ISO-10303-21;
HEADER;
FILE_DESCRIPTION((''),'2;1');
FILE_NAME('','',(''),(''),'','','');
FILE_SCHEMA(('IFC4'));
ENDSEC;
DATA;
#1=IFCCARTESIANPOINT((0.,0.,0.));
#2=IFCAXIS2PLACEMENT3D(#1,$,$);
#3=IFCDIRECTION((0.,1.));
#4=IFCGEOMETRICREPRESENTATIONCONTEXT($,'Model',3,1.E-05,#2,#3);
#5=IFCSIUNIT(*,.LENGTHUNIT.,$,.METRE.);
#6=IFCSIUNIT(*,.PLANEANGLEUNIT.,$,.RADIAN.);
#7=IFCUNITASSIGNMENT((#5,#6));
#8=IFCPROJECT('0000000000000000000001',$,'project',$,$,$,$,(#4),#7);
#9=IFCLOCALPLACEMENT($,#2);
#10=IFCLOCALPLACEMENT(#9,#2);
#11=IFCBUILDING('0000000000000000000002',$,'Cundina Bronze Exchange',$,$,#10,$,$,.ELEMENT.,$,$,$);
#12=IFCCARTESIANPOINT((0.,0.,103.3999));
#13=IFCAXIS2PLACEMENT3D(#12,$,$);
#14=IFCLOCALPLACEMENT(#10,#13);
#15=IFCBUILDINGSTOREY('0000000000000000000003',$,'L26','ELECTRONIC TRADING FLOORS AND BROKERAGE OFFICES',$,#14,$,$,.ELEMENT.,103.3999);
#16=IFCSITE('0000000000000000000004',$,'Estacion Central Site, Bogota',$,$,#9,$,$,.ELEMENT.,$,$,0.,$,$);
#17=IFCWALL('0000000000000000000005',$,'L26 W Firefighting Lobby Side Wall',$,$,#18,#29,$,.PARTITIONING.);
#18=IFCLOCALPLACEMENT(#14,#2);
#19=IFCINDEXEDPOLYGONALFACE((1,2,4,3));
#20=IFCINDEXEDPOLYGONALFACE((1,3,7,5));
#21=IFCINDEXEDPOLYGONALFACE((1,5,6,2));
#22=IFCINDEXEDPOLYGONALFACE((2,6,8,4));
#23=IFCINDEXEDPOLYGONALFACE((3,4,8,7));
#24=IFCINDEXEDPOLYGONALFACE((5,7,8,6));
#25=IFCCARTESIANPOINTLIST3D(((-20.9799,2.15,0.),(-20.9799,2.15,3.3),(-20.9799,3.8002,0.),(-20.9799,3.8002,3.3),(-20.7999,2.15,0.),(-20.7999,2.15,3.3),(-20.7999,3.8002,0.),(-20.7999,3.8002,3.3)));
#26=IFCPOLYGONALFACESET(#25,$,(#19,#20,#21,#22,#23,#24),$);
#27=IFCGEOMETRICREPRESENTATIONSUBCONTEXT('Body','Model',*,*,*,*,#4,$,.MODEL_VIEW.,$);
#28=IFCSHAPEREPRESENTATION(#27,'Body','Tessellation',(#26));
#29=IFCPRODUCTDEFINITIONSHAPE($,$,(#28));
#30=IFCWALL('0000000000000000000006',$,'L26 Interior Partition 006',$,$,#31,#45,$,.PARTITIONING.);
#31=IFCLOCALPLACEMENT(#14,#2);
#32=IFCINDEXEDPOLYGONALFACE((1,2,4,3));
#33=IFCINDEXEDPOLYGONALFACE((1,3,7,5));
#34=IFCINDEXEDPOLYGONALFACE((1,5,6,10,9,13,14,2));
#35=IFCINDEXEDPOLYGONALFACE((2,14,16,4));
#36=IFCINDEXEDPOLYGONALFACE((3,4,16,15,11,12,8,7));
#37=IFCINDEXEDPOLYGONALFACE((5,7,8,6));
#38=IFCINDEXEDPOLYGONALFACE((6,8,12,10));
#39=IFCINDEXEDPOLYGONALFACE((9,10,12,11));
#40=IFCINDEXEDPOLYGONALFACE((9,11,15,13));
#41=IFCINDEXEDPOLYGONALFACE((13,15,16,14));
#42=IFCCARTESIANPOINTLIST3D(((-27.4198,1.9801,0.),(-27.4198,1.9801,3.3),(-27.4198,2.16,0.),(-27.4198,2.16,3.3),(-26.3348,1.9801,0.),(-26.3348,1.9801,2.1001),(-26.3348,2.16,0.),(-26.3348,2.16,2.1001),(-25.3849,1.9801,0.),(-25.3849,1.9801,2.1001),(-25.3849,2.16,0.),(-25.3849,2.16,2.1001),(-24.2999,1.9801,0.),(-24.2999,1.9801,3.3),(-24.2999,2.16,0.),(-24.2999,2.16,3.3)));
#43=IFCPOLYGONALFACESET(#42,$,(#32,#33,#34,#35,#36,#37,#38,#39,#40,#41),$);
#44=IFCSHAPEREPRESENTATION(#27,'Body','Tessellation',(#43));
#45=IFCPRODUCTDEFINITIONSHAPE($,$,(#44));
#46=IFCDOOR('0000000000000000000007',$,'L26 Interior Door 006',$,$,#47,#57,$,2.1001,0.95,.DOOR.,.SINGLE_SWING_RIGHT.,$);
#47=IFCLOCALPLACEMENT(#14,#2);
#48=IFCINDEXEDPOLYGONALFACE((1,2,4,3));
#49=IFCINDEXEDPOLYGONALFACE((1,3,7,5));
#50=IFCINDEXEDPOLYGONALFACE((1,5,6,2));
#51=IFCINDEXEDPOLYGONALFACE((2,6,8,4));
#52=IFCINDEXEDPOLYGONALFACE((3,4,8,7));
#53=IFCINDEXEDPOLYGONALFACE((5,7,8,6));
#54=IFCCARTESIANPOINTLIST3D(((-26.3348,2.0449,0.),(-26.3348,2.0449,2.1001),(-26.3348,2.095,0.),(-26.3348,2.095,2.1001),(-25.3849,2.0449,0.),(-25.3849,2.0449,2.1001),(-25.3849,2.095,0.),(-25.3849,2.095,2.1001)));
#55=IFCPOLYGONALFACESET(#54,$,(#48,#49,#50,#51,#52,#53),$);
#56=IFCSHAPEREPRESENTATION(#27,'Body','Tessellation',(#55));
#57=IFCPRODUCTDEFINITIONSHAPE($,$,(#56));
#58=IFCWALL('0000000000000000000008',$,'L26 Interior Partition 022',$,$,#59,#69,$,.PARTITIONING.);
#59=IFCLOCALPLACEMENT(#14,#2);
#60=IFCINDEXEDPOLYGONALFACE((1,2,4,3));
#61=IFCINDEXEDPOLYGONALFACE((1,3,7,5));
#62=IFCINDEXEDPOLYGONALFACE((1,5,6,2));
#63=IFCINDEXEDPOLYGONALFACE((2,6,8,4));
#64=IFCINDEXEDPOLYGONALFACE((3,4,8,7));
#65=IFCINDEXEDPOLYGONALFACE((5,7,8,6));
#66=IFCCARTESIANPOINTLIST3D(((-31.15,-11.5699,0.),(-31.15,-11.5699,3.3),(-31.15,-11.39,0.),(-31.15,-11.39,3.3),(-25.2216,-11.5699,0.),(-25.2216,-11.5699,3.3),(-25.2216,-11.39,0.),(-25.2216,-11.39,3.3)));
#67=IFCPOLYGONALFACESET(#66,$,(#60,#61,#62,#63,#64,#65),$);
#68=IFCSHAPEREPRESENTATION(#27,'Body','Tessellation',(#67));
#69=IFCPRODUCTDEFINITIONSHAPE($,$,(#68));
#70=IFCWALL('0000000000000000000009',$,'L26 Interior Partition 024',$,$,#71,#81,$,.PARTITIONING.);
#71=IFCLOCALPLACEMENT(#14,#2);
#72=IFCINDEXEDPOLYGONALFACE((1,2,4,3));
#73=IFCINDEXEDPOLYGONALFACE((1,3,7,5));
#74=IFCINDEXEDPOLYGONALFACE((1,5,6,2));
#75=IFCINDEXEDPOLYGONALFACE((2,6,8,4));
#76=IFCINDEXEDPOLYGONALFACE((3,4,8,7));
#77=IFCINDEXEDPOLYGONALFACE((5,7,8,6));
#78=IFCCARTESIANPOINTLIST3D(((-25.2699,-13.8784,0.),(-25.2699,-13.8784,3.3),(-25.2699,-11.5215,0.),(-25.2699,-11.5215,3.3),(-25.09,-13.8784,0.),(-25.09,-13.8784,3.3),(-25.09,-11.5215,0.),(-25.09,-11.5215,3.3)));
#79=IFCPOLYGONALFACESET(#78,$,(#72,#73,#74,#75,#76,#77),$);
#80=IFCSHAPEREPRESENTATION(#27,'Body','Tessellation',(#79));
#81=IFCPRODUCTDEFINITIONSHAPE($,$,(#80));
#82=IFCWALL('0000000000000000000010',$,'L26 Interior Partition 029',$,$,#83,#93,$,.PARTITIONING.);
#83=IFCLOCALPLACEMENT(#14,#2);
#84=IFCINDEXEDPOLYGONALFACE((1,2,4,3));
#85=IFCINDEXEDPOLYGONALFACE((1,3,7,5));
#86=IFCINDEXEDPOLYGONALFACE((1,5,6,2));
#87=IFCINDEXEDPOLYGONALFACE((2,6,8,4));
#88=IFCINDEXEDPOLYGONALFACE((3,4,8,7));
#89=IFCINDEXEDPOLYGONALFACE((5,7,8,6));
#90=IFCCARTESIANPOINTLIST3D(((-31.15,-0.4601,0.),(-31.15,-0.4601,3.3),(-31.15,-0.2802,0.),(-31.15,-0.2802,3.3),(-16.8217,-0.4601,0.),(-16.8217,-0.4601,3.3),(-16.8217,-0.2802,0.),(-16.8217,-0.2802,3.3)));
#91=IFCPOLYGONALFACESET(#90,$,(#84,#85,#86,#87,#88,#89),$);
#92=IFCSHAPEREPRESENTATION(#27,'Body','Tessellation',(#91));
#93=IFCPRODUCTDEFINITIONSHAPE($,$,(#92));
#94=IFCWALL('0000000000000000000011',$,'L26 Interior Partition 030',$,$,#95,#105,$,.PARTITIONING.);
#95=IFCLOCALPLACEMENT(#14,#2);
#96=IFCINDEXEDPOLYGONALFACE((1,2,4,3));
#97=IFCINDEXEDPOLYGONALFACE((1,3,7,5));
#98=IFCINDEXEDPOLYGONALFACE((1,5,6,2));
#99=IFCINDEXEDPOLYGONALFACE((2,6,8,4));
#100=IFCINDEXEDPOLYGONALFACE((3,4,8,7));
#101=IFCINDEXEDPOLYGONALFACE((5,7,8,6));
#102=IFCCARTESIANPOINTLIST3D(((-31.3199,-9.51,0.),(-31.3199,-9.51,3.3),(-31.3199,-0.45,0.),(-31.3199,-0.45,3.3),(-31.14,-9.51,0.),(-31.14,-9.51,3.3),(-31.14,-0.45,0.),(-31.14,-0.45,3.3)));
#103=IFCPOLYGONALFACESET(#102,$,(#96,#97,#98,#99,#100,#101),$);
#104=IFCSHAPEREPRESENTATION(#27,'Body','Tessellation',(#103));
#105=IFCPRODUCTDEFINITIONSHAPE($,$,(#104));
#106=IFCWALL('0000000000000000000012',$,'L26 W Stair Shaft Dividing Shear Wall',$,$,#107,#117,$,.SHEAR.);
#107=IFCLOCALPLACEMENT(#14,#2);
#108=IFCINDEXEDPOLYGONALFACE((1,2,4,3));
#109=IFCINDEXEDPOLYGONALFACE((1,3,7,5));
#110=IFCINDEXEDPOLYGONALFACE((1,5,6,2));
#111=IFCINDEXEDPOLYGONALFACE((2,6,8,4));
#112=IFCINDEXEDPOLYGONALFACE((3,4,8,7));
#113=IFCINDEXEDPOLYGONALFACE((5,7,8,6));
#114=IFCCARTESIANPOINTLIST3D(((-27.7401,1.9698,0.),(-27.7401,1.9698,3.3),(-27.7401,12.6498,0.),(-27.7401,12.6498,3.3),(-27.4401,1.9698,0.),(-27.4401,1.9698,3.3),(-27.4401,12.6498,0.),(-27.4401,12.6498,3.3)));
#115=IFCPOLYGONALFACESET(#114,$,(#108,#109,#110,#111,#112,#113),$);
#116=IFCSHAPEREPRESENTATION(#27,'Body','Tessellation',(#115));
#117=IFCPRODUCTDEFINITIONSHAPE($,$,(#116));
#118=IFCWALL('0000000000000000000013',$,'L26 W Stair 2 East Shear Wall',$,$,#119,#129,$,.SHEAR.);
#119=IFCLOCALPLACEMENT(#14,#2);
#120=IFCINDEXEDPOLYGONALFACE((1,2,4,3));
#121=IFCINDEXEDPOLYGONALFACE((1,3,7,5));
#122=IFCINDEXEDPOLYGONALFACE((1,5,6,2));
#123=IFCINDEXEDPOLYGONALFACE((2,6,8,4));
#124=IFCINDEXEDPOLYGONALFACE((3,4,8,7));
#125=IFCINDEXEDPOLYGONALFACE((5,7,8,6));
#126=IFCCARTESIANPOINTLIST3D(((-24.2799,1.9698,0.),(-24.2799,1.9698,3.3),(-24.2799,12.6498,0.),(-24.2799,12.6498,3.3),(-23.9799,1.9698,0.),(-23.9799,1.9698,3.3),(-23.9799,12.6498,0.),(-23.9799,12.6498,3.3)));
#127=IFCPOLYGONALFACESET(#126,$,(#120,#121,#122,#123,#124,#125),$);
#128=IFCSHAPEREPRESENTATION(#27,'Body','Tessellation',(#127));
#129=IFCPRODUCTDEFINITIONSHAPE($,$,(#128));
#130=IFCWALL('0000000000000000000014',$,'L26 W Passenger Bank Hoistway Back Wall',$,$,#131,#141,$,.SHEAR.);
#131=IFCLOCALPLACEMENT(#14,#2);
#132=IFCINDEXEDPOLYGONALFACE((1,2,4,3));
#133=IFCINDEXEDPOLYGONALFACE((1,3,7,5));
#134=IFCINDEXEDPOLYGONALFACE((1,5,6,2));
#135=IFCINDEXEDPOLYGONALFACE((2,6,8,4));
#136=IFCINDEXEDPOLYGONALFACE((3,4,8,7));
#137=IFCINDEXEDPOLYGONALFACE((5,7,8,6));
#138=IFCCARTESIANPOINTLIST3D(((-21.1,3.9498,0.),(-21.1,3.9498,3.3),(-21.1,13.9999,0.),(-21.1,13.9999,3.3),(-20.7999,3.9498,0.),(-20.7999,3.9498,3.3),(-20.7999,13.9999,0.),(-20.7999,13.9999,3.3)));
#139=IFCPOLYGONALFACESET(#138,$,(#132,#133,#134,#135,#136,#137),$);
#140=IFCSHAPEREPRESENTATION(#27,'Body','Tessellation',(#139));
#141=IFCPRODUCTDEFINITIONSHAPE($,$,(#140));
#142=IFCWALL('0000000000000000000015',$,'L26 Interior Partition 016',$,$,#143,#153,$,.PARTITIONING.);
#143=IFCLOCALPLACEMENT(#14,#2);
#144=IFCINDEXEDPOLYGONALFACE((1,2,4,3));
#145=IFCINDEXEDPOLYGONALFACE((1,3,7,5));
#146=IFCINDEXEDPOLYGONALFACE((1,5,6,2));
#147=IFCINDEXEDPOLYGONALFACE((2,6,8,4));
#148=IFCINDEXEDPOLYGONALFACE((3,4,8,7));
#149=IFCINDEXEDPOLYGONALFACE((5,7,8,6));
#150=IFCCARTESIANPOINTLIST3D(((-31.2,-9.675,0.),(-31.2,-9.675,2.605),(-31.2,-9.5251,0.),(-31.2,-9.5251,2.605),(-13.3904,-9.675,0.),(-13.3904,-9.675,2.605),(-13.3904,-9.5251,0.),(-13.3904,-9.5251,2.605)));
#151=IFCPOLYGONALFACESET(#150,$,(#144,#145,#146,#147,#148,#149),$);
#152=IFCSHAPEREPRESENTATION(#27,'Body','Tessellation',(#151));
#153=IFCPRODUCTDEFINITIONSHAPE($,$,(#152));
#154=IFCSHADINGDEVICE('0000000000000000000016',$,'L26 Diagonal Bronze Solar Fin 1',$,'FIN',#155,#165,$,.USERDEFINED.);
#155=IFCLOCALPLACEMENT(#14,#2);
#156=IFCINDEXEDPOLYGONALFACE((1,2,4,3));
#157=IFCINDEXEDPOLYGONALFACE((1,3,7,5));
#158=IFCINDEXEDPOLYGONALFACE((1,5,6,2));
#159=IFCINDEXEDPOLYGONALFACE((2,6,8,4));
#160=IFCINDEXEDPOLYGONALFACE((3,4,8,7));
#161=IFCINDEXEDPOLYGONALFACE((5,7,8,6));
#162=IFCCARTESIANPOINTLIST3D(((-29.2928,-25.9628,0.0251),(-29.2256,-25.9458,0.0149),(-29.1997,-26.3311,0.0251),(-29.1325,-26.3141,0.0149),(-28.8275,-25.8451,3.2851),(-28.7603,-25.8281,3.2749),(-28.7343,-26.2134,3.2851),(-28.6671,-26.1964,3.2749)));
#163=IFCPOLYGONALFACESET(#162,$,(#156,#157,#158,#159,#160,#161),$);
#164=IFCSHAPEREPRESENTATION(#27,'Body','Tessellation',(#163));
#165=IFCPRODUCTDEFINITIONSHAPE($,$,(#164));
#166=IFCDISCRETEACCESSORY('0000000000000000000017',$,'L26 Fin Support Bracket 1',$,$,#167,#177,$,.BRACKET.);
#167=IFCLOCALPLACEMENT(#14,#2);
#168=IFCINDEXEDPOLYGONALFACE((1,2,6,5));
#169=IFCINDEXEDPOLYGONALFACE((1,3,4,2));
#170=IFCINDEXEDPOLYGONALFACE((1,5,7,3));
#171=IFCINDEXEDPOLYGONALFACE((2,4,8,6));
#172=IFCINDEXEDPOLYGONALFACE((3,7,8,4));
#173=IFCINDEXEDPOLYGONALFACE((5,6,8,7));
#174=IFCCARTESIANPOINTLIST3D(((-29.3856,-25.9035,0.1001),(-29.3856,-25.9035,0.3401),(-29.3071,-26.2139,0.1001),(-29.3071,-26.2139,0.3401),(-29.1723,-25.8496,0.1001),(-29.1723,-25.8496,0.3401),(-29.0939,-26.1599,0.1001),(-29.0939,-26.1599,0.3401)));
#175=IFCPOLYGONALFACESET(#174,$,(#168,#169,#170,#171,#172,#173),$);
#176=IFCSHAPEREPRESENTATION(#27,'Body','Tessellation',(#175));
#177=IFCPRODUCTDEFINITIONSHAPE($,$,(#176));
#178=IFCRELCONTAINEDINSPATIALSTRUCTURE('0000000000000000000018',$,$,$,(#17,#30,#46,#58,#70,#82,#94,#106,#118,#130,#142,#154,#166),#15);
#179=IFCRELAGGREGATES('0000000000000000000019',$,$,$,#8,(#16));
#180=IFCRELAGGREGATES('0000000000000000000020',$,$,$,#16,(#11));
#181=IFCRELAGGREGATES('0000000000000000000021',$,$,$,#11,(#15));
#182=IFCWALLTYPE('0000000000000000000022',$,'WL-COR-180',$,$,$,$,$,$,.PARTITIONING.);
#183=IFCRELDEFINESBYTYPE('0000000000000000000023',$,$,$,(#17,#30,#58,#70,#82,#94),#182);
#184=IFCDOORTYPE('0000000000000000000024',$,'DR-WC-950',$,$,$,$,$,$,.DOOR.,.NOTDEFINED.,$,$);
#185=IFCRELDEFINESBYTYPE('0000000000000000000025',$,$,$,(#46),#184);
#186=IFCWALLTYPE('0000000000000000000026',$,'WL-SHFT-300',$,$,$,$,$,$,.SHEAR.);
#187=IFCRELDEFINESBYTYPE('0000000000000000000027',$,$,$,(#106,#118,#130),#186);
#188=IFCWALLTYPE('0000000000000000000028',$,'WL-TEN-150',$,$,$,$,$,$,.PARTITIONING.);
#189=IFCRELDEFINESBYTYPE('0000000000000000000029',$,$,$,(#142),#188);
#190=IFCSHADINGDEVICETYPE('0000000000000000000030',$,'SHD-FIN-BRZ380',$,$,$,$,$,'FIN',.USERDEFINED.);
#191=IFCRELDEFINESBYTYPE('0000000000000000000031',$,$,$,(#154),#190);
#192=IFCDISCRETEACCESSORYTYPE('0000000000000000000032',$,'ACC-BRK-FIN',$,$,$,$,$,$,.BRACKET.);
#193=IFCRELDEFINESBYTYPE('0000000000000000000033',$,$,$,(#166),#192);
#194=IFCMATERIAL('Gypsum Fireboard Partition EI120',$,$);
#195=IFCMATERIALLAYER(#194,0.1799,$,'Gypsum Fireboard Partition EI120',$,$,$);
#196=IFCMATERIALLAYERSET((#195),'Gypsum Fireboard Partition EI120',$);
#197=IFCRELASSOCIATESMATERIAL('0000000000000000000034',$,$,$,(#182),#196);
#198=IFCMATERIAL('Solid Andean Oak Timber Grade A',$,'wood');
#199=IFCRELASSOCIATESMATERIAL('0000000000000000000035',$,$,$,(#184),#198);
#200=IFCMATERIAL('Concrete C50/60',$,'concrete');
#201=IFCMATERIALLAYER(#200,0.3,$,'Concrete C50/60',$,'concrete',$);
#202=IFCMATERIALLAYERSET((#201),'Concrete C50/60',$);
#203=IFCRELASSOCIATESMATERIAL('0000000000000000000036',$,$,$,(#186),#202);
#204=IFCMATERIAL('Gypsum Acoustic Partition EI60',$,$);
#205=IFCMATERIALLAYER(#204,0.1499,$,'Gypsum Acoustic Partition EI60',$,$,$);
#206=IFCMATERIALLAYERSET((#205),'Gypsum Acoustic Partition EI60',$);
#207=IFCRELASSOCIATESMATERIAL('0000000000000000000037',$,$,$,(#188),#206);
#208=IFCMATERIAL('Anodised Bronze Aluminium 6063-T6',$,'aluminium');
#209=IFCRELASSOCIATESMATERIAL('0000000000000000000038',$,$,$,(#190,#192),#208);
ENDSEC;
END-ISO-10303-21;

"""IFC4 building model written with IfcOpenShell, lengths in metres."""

from ifc_helpers import new_model, si_unit, direction, frame, frame_2d, origin, origin_2d, place, context, subcontext, project, spatial, rectangle, extrude, material, layer, layer_set, material_profile, profile_set, type_object, element, fill, save


model = new_model("IFC4")

# Units and contexts
model_context = context("Model", 3, precision=1e-05, world=origin(), true_north=direction((0.0, 1.0)))
body_context = subcontext(model_context, "Body", "Model", "MODEL_VIEW")
ifc_project = project(units=[si_unit("LENGTHUNIT", "METRE"), si_unit("PLANEANGLEUNIT", "RADIAN")], contexts=[model_context])

# Site, building, storey
site_placement = place(None, origin())
site = spatial("IfcSite", under=ifc_project, at=site_placement, Name="Estacion Central Site, Bogota", CompositionType="ELEMENT", RefElevation=0.0)
building_placement = place(site_placement, origin())
building = spatial("IfcBuilding", under=site, at=building_placement, Name="Cundina Bronze Exchange", CompositionType="ELEMENT")
storey_placement = place(building_placement, frame((0.0, 0.0, 103.3999)))
storey = spatial("IfcBuildingStorey", under=building, at=storey_placement, Name="L26", Description="ELECTRONIC TRADING FLOORS AND BROKERAGE OFFICES", CompositionType="ELEMENT", Elevation=103.3999)

# Shared definitions
ifc_material_1 = material(Name="Anodised Bronze Aluminium 6063-T6", Category="aluminium")

# Wall
ifc_material_2 = material(Name="Gypsum Fireboard Partition EI120")
ifc_layer_1 = layer(ifc_material_2, 0.1799, Name="Gypsum Fireboard Partition EI120")
ifc_layer_set_1 = layer_set([ifc_layer_1], Name="Gypsum Fireboard Partition EI120")
wall_type_1 = type_object("IfcWallType", Name="WL-COR-180", PredefinedType="PARTITIONING", material=ifc_layer_set_1)
wall_1_placement = place(storey_placement, frame((-20.8899, 2.1499, 0.0), z_axis=(0.0, 0.0, 1.0), x_axis=(0.0, 1.0, 0.0)))
element("IfcWall", 1, at=wall_1_placement, inside=storey, type_object=wall_type_1, Name="L26 W Firefighting Lobby Side Wall", PredefinedType="PARTITIONING", context=body_context, shape_type="SweptSolid", body=[
    extrude(rectangle(XDim=1.6501, YDim=0.1799, at=frame_2d((0.8252, 0.0))), origin(), (0.0, 0.0, 1.0), 3.3),
])

# Wall, opening, door
wall_2_placement = place(storey_placement, frame((-27.4199, 2.0701, 0.0), z_axis=(0.0, 0.0, 1.0), x_axis=(1.0, 0.0, 0.0)))
wall_2 = element("IfcWall", 2, at=wall_2_placement, inside=storey, type_object=wall_type_1, Name="L26 Interior Partition 006", PredefinedType="PARTITIONING", context=body_context, shape_type="SweptSolid", body=[
    extrude(rectangle(XDim=3.1199, YDim=0.1799, at=frame_2d((1.5601, 0.0))), origin(), (0.0, 0.0, 1.0), 3.3),
])
opening_1_placement = place(wall_2_placement, frame((1.085, 0.0, 0.0)))
opening_1 = element("IfcOpeningElement", 3, at=opening_1_placement, cuts=wall_2, PredefinedType="OPENING", context=body_context, shape_type="SweptSolid", body=[
    extrude(rectangle(XDim=0.95, YDim=2.1001, at=frame_2d((0.4751, 1.05))), frame((0.0, 0.0999, 0.0), z_axis=(0.0, -1.0, 0.0), x_axis=(1.0, 0.0, 0.0)), (0.0, 0.0, 1.0), 0.2),
])
ifc_material_3 = material(Name="Solid Andean Oak Timber Grade A", Category="wood")
door_type_1 = type_object("IfcDoorType", Name="DR-WC-950", OperationType="NOTDEFINED", PredefinedType="DOOR", material=ifc_material_3)
door_1_placement = place(opening_1_placement, origin())
door_1 = element("IfcDoor", 4, at=door_1_placement, inside=storey, type_object=door_type_1, Name="L26 Interior Door 006", OperationType="SINGLE_SWING_RIGHT", OverallHeight=2.1001, OverallWidth=0.95, PredefinedType="DOOR", context=body_context, shape_type="SweptSolid", body=[
    extrude(rectangle(XDim=0.95, YDim=2.1001, at=frame_2d((0.4751, 1.05))), frame((0.0, 0.0249, 0.0), z_axis=(0.0, -1.0, 0.0), x_axis=(1.0, 0.0, 0.0)), (0.0, 0.0, 1.0), 0.05),
])
fill(opening_1, door_1)

# Walls
wall_3_placement = place(storey_placement, frame((-25.2214, -11.48, 0.0), z_axis=(0.0, 0.0, 1.0), x_axis=(-1.0, 0.0, 0.0)))
element("IfcWall", 5, at=wall_3_placement, inside=storey, type_object=wall_type_1, Name="L26 Interior Partition 022", PredefinedType="PARTITIONING", context=body_context, shape_type="SweptSolid", body=[
    extrude(rectangle(XDim=5.9285, YDim=0.1799, at=frame_2d((2.9644, 0.0))), origin(), (0.0, 0.0, 1.0), 3.3),
])
wall_4_placement = place(storey_placement, frame((-25.1799, -13.8784, 0.0), z_axis=(0.0, 0.0, 1.0), x_axis=(0.0, 1.0, 0.0)))
element("IfcWall", 6, at=wall_4_placement, inside=storey, type_object=wall_type_1, Name="L26 Interior Partition 024", PredefinedType="PARTITIONING", context=body_context, shape_type="SweptSolid", body=[
    extrude(rectangle(XDim=2.3569, YDim=0.1799, at=frame_2d((1.1785, 0.0))), origin(), (0.0, 0.0, 1.0), 3.3),
])
wall_5_placement = place(storey_placement, frame((-31.1499, -0.3701, 0.0), z_axis=(0.0, 0.0, 1.0), x_axis=(1.0, 0.0, 0.0)))
element("IfcWall", 7, at=wall_5_placement, inside=storey, type_object=wall_type_1, Name="L26 Interior Partition 029", PredefinedType="PARTITIONING", context=body_context, shape_type="SweptSolid", body=[
    extrude(rectangle(XDim=14.3284, YDim=0.1799, at=frame_2d((7.1641, 0.0))), origin(), (0.0, 0.0, 1.0), 3.3),
])
wall_6_placement = place(storey_placement, frame((-31.23, -9.51, 0.0), z_axis=(0.0, 0.0, 1.0), x_axis=(0.0, 1.0, 0.0)))
element("IfcWall", 8, at=wall_6_placement, inside=storey, type_object=wall_type_1, Name="L26 Interior Partition 030", PredefinedType="PARTITIONING", context=body_context, shape_type="SweptSolid", body=[
    extrude(rectangle(XDim=9.0601, YDim=0.1799, at=frame_2d((4.53, 0.0))), origin(), (0.0, 0.0, 1.0), 3.3),
])
ifc_material_4 = material(Name="Concrete C50/60", Category="concrete")
ifc_layer_2 = layer(ifc_material_4, 0.3, Name="Concrete C50/60", Category="concrete")
ifc_layer_set_2 = layer_set([ifc_layer_2], Name="Concrete C50/60")
wall_type_2 = type_object("IfcWallType", Name="WL-SHFT-300", PredefinedType="SHEAR", material=ifc_layer_set_2)
for number, where, z_axis, x_axis, name in (
    (9, (-27.5901, 1.97, 0.0), (0.0, 0.0, 1.0), (0.0, 1.0, 0.0), "L26 W Stair Shaft Dividing Shear Wall"),
    (10, (-24.1299, 1.97, 0.0), (0.0, 0.0, 1.0), (0.0, 1.0, 0.0), "L26 W Stair 2 East Shear Wall"),
):
    element("IfcWall", number, at=place(storey_placement, frame(where, z_axis=z_axis, x_axis=x_axis)), inside=storey, type_object=wall_type_2, Name=name, PredefinedType="SHEAR", context=body_context, shape_type="SweptSolid", body=[
        extrude(rectangle(XDim=10.6799, YDim=0.3, at=frame_2d((5.3398, 0.0))), origin(), (0.0, 0.0, 1.0), 3.3),
    ])
wall_7_placement = place(storey_placement, frame((-20.95, 3.95, 0.0), z_axis=(0.0, 0.0, 1.0), x_axis=(0.0, 1.0, 0.0)))
element("IfcWall", 11, at=wall_7_placement, inside=storey, type_object=wall_type_2, Name="L26 W Passenger Bank Hoistway Back Wall", PredefinedType="SHEAR", context=body_context, shape_type="SweptSolid", body=[
    extrude(rectangle(XDim=10.05, YDim=0.3, at=frame_2d((5.0249, 0.0))), origin(), (0.0, 0.0, 1.0), 3.3),
])
ifc_material_5 = material(Name="Gypsum Acoustic Partition EI60")
ifc_layer_3 = layer(ifc_material_5, 0.1499, Name="Gypsum Acoustic Partition EI60")
ifc_layer_set_3 = layer_set([ifc_layer_3], Name="Gypsum Acoustic Partition EI60")
wall_type_3 = type_object("IfcWallType", Name="WL-TEN-150", PredefinedType="PARTITIONING", material=ifc_layer_set_3)
wall_8_placement = place(storey_placement, frame((-31.2, -9.6001, 0.0), z_axis=(0.0, 0.0, 1.0), x_axis=(1.0, 0.0, 0.0)))
element("IfcWall", 12, at=wall_8_placement, inside=storey, type_object=wall_type_3, Name="L26 Interior Partition 016", PredefinedType="PARTITIONING", context=body_context, shape_type="SweptSolid", body=[
    extrude(rectangle(XDim=17.8096, YDim=0.1499, at=frame_2d((8.9048, 0.0))), origin(), (0.0, 0.0, 1.0), 2.605),
])

# Shading device
ifc_material_profile_1 = material_profile(ifc_material_1, rectangle(XDim=0.0701, YDim=0.3799, at=origin_2d()), Name="FIN70X380", Category="aluminium")
ifc_profile_set_1 = profile_set([ifc_material_profile_1], Name="Anodised Bronze Aluminium 6063-T6")
shading_device_type = type_object("IfcShadingDeviceType", Name="SHD-FIN-BRZ380", ElementType="FIN", PredefinedType="USERDEFINED", material=ifc_profile_set_1)
shading_device_placement = place(storey_placement, frame((-29.2126, -26.1384, 0.02), z_axis=(0.141217, 0.035712, 0.989334), x_axis=(-0.959141, -0.242553, 0.145663)))
element("IfcShadingDevice", 13, at=shading_device_placement, inside=storey, type_object=shading_device_type, Name="L26 Diagonal Bronze Solar Fin 1", ObjectType="FIN", PredefinedType="USERDEFINED", context=body_context, shape_type="SweptSolid", body=[
    extrude(rectangle(XDim=0.0701, YDim=0.3799, at=origin_2d()), origin(), (0.0, 0.0, 1.0), 3.2952),
])

# Discrete accessory
discrete_accessory_type = type_object("IfcDiscreteAccessoryType", Name="ACC-BRK-FIN", PredefinedType="BRACKET", material=ifc_material_1)
discrete_accessory_placement = place(storey_placement, frame((-29.2397, -26.0317, 0.1001), z_axis=(0.0, 0.0, 1.0), x_axis=(0.969488, 0.245138, 0.0)))
element("IfcDiscreteAccessory", 14, at=discrete_accessory_placement, inside=storey, type_object=discrete_accessory_type, Name="L26 Fin Support Bracket 1", PredefinedType="BRACKET", context=body_context, shape_type="SweptSolid", body=[
    extrude(rectangle(XDim=0.22, YDim=0.3201, at=origin_2d()), origin(), (0.0, 0.0, 1.0), 0.24),
])

save(model, "model.ifc")
